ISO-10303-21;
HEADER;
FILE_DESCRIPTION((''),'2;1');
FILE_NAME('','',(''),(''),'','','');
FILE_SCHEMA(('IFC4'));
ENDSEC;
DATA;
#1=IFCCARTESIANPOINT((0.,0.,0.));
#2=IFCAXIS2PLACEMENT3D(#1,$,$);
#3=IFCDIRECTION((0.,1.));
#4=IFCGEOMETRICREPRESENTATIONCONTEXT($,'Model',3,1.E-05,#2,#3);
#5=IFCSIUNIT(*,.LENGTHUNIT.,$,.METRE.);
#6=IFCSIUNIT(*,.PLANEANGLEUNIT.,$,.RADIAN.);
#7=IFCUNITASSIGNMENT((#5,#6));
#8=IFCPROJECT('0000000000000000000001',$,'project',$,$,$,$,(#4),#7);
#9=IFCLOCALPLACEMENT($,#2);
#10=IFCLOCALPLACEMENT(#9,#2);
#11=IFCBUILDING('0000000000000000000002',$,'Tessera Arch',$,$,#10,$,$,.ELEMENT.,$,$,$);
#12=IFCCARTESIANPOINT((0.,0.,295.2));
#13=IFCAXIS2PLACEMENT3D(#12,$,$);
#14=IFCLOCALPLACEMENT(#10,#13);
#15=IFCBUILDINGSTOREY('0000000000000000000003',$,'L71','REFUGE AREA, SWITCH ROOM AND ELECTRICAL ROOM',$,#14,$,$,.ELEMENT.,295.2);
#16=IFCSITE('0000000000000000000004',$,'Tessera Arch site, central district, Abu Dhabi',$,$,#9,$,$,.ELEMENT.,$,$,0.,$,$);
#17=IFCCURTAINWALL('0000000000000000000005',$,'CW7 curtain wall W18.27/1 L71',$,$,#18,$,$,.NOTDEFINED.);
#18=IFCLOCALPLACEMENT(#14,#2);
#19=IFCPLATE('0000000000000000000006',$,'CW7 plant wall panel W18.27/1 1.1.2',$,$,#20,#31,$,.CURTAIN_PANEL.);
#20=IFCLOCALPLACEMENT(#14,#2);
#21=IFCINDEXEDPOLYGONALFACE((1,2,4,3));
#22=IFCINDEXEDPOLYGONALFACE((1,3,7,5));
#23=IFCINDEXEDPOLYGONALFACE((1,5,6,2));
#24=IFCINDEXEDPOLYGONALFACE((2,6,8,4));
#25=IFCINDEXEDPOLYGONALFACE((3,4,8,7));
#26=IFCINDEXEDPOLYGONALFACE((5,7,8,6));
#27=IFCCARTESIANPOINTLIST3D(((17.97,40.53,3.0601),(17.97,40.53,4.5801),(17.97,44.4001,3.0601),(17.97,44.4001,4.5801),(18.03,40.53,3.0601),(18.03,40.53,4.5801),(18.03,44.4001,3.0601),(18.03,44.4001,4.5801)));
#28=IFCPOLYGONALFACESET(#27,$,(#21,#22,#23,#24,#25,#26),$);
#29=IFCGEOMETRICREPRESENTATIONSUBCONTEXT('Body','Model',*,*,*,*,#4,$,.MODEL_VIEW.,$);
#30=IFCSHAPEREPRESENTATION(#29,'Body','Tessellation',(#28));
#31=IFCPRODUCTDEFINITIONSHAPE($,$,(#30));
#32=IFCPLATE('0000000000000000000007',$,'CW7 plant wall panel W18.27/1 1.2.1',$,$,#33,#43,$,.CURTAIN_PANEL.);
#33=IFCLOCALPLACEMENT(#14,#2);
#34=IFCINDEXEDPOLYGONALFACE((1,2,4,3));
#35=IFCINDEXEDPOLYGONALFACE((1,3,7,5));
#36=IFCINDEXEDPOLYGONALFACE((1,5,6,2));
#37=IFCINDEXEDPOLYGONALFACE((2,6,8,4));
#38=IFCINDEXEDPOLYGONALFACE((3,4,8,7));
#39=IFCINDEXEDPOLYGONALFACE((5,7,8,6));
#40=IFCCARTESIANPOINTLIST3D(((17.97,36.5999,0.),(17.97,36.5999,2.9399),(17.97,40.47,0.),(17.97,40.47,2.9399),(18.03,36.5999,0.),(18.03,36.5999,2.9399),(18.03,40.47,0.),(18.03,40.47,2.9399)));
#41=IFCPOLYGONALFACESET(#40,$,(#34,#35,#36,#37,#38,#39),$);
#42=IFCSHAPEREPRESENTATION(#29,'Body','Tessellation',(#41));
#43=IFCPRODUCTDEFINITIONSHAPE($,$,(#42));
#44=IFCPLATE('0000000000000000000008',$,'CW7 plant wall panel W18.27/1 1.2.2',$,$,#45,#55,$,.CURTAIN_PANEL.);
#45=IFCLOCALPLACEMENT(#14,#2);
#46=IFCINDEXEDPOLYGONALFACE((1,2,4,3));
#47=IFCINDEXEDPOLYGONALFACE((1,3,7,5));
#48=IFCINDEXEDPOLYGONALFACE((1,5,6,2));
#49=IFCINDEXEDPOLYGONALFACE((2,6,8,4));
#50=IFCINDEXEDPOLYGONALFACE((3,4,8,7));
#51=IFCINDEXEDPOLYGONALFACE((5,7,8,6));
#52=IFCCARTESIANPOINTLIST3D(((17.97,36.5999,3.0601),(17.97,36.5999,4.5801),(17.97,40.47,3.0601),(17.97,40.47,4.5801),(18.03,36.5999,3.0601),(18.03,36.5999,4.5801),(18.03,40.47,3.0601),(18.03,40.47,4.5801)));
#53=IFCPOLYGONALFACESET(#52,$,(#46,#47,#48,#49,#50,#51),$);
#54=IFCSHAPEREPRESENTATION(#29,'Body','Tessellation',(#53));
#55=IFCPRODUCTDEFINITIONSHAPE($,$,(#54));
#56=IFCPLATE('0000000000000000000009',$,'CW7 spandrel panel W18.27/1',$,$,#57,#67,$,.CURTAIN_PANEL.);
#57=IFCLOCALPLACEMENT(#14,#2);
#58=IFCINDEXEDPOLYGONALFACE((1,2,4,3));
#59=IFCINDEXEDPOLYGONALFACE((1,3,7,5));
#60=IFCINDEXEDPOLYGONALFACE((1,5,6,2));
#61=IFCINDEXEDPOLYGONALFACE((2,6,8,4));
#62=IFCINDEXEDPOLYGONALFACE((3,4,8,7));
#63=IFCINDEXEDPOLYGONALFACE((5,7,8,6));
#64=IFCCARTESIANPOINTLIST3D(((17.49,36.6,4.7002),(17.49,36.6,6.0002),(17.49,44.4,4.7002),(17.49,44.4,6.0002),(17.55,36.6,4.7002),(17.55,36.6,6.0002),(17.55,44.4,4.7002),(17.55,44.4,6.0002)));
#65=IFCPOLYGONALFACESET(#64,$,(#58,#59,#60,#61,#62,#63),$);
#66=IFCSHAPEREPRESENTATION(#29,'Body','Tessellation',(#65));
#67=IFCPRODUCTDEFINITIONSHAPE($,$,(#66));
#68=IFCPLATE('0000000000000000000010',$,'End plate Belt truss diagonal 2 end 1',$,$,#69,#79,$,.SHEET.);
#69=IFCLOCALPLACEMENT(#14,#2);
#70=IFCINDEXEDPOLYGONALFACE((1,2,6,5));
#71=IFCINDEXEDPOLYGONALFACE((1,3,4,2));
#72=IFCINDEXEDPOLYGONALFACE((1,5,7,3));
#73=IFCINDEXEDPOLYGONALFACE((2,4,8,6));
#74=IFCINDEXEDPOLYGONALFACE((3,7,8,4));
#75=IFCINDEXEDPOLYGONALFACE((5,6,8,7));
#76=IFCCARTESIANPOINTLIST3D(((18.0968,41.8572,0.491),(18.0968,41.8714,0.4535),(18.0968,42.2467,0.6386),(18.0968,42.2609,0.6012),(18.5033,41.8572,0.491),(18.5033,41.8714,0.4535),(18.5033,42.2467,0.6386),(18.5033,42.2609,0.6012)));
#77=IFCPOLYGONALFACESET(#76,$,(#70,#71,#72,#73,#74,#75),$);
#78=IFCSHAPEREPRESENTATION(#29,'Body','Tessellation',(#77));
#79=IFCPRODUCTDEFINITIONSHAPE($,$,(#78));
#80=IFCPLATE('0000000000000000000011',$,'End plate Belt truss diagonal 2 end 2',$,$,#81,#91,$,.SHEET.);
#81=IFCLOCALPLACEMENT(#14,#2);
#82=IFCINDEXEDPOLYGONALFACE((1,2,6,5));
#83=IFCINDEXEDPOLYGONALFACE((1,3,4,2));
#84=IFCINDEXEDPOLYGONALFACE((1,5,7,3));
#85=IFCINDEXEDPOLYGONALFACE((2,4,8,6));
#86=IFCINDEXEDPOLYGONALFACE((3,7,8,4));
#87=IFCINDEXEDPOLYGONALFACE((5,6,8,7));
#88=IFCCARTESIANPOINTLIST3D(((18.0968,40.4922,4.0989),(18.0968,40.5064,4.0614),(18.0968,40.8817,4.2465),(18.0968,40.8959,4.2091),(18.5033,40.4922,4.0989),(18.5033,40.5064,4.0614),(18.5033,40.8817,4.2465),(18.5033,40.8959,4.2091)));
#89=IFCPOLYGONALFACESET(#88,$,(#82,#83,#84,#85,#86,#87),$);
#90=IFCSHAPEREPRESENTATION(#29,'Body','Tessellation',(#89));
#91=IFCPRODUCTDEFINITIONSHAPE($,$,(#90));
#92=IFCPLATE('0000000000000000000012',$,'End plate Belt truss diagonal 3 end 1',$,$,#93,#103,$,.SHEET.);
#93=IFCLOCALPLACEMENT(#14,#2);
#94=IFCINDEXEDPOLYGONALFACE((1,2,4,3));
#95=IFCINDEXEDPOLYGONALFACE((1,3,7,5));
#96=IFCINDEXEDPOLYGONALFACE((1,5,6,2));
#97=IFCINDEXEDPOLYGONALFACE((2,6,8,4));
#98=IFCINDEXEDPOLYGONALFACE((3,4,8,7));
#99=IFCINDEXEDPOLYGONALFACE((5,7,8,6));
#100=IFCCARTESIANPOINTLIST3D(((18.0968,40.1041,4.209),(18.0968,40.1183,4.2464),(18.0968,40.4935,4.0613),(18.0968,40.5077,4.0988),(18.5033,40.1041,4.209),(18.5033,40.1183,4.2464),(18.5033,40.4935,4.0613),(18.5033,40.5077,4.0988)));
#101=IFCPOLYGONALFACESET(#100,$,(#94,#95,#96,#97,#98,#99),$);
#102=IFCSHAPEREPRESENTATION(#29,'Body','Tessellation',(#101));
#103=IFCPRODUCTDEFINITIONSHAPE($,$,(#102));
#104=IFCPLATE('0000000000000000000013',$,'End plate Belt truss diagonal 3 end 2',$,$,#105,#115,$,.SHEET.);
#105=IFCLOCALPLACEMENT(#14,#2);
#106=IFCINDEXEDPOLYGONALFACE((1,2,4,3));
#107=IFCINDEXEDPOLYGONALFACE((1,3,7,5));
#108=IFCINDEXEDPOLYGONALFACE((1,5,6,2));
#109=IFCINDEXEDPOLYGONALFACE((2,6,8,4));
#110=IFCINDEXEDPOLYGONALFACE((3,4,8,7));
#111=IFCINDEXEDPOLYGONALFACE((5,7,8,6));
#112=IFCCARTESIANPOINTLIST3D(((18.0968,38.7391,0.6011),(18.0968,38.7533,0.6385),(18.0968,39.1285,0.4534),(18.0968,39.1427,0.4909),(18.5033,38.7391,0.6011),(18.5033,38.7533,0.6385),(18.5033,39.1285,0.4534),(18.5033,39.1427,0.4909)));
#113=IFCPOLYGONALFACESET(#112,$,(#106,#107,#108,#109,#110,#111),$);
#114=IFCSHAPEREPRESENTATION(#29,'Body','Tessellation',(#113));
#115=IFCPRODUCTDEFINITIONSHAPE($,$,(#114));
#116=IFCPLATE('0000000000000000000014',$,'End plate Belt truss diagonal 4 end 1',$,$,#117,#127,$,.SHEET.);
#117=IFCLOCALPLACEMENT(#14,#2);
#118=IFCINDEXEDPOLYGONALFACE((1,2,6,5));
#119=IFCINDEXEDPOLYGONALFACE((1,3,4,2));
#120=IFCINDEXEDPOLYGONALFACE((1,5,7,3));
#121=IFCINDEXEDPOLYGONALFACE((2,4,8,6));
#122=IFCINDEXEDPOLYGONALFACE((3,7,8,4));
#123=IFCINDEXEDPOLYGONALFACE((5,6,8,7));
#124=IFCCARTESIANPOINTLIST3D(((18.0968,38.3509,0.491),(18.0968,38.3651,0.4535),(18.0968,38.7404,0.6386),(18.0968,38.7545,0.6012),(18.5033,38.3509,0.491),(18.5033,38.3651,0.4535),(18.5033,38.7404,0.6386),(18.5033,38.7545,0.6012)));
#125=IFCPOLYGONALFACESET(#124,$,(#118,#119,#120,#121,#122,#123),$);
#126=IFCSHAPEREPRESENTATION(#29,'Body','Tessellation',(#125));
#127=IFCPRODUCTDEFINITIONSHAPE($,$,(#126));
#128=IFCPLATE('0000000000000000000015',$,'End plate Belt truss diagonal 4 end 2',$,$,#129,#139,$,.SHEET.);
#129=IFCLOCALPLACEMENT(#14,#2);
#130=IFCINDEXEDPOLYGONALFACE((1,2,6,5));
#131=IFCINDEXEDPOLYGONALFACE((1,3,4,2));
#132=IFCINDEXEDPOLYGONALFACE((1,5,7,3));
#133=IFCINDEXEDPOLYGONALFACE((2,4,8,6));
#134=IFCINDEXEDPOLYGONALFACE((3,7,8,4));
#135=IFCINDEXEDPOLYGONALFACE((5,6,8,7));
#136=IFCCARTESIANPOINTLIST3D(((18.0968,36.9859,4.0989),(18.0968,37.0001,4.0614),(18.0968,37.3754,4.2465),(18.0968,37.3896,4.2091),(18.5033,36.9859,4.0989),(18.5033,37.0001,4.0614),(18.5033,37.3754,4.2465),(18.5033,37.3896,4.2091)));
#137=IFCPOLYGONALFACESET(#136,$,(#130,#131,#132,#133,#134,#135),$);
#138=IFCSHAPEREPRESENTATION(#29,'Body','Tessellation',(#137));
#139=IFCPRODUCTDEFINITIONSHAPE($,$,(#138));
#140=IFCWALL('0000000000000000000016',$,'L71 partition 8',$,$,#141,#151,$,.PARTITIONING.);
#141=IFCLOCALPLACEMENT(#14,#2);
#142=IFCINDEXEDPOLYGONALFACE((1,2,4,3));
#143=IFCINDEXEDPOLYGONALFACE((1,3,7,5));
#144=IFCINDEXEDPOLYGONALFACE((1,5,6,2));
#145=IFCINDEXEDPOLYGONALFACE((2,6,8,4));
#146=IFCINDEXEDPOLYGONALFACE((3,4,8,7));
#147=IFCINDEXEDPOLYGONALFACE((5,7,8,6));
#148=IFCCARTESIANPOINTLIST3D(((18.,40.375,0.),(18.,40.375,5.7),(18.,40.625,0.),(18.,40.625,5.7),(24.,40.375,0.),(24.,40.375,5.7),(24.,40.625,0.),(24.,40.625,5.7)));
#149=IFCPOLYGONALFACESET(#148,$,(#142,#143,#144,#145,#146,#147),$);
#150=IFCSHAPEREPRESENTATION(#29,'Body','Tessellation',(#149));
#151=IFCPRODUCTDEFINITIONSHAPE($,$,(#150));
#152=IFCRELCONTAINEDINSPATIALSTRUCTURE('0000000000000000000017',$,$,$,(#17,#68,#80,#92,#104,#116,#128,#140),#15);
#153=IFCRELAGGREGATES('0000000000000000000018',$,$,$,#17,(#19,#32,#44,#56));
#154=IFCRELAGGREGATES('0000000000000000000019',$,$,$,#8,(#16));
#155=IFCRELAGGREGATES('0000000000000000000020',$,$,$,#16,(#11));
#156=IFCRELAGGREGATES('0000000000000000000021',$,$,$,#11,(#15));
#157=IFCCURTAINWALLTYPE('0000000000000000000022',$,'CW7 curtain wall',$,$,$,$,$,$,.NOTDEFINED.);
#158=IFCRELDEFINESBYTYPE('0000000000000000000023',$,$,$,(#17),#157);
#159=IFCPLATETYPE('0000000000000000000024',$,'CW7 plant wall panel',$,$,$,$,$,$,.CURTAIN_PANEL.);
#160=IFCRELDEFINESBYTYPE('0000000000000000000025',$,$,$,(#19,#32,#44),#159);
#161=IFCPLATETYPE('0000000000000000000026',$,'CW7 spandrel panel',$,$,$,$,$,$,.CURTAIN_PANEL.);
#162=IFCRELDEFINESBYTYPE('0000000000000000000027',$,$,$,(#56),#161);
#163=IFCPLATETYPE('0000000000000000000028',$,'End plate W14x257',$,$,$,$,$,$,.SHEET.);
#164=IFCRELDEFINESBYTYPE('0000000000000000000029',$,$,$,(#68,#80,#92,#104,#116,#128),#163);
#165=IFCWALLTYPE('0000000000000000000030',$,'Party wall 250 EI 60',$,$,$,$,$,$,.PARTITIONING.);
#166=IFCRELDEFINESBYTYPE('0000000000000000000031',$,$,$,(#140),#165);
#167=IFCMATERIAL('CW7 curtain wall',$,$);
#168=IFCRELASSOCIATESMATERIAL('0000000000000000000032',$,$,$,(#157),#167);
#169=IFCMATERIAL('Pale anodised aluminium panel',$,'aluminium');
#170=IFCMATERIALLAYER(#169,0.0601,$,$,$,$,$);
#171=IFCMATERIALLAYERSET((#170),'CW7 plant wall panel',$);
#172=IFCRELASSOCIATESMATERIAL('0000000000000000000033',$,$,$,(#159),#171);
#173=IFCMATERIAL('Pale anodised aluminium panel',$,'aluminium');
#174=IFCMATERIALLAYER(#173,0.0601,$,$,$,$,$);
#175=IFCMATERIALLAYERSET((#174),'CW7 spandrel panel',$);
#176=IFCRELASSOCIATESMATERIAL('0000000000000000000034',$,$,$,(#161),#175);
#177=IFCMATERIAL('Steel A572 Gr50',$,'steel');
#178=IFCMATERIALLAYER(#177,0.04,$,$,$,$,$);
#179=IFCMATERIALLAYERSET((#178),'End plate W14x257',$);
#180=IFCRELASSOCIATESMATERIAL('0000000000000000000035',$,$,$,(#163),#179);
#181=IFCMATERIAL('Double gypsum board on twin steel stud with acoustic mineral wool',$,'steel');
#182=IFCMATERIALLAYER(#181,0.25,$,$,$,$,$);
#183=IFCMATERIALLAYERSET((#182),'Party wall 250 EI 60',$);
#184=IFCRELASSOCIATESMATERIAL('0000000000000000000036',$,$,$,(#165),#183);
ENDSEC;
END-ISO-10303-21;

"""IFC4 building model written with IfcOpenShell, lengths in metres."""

from ifc_helpers import new_model, si_unit, direction, frame, frame_2d, origin, origin_2d, place, context, subcontext, project, spatial, rectangle, extrude, material, layer, layer_set, type_object, element, aggregate, save


model = new_model("IFC4")

# Units and contexts
model_context = context("Model", 3, precision=1e-05, world=origin(), true_north=direction((0.0, 1.0)))
body_context = subcontext(model_context, "Body", "Model", "MODEL_VIEW")
ifc_project = project(units=[si_unit("LENGTHUNIT", "METRE"), si_unit("PLANEANGLEUNIT", "RADIAN")], contexts=[model_context])

# Site, building, storey
site_placement = place(None, origin())
site = spatial("IfcSite", under=ifc_project, at=site_placement, Name="Tessera Arch site, central district, Abu Dhabi", CompositionType="ELEMENT", RefElevation=0.0)
building_placement = place(site_placement, origin())
building = spatial("IfcBuilding", under=site, at=building_placement, Name="Tessera Arch", CompositionType="ELEMENT")
storey_placement = place(building_placement, frame((0.0, 0.0, 295.2)))
storey = spatial("IfcBuildingStorey", under=building, at=storey_placement, Name="L71", Description="REFUGE AREA, SWITCH ROOM AND ELECTRICAL ROOM", CompositionType="ELEMENT", Elevation=295.2)

# Curtain wall
ifc_material_1 = material(Name="CW7 curtain wall")
curtain_wall_type = type_object("IfcCurtainWallType", Name="CW7 curtain wall", PredefinedType="NOTDEFINED", material=ifc_material_1)
curtain_wall_placement = place(storey_placement, origin())
curtain_wall = element("IfcCurtainWall", 1, at=curtain_wall_placement, inside=storey, type_object=curtain_wall_type, Name="CW7 curtain wall W18.27/1 L71", PredefinedType="NOTDEFINED")

# Plates
ifc_material_2 = material(Name="Pale anodised aluminium panel", Category="aluminium")
ifc_layer_1 = layer(ifc_material_2, 0.0601)
ifc_layer_set_1 = layer_set([ifc_layer_1], Name="CW7 plant wall panel")
plate_type_1 = type_object("IfcPlateType", Name="CW7 plant wall panel", PredefinedType="CURTAIN_PANEL", material=ifc_layer_set_1)
plate_1_placement = place(storey_placement, frame((18.0, 42.4651, 3.0601), z_axis=(0.0, 0.0, 1.0), x_axis=(0.0, -1.0, 0.0)))
plate_1 = element("IfcPlate", 2, at=plate_1_placement, type_object=plate_type_1, Name="CW7 plant wall panel W18.27/1 1.1.2", PredefinedType="CURTAIN_PANEL", context=body_context, shape_type="SweptSolid", body=[
    extrude(rectangle(XDim=3.8701, YDim=0.0601, at=origin_2d()), origin(), (0.0, 0.0, 1.0), 1.52),
])
plate_2_placement = place(storey_placement, frame((18.0, 38.5349, 0.0), z_axis=(0.0, 0.0, 1.0), x_axis=(0.0, -1.0, 0.0)))
plate_2 = element("IfcPlate", 3, at=plate_2_placement, type_object=plate_type_1, Name="CW7 plant wall panel W18.27/1 1.2.1", PredefinedType="CURTAIN_PANEL", context=body_context, shape_type="SweptSolid", body=[
    extrude(rectangle(XDim=3.8701, YDim=0.0601, at=origin_2d()), origin(), (0.0, 0.0, 1.0), 2.9399),
])
plate_3_placement = place(storey_placement, frame((18.0, 38.5349, 3.0601), z_axis=(0.0, 0.0, 1.0), x_axis=(0.0, -1.0, 0.0)))
plate_3 = element("IfcPlate", 4, at=plate_3_placement, type_object=plate_type_1, Name="CW7 plant wall panel W18.27/1 1.2.2", PredefinedType="CURTAIN_PANEL", context=body_context, shape_type="SweptSolid", body=[
    extrude(rectangle(XDim=3.8701, YDim=0.0601, at=origin_2d()), origin(), (0.0, 0.0, 1.0), 1.52),
])
ifc_material_3 = material(Name="Pale anodised aluminium panel", Category="aluminium")
ifc_layer_2 = layer(ifc_material_3, 0.0601)
ifc_layer_set_2 = layer_set([ifc_layer_2], Name="CW7 spandrel panel")
plate_type_2 = type_object("IfcPlateType", Name="CW7 spandrel panel", PredefinedType="CURTAIN_PANEL", material=ifc_layer_set_2)
plate_4_placement = place(storey_placement, frame((17.52, 40.5, 4.7002), z_axis=(0.0, 0.0, 1.0), x_axis=(0.0, -1.0, 0.0)))
plate_4 = element("IfcPlate", 5, at=plate_4_placement, type_object=plate_type_2, Name="CW7 spandrel panel W18.27/1", PredefinedType="CURTAIN_PANEL", context=body_context, shape_type="SweptSolid", body=[
    extrude(rectangle(XDim=7.8, YDim=0.0601, at=origin_2d()), origin(), (0.0, 0.0, 1.0), 1.3),
])
aggregate(curtain_wall, [plate_1, plate_2, plate_3, plate_4])

# Plates
ifc_material_4 = material(Name="Steel A572 Gr50", Category="steel")
ifc_layer_3 = layer(ifc_material_4, 0.04)
ifc_layer_set_3 = layer_set([ifc_layer_3], Name="End plate W14x257")
plate_type_3 = type_object("IfcPlateType", Name="End plate W14x257", PredefinedType="SHEET", material=ifc_layer_set_3)
for number, where, z_axis, x_axis, name in (
    (6, (18.3, 42.0662, 0.5273), (0.0, -0.35447, 0.935067), (1.0, 0.0, 0.0), "End plate Belt truss diagonal 2 end 1"),
    (7, (18.3, 40.7012, 4.1353), (0.0, -0.35447, 0.935067), (1.0, 0.0, 0.0), "End plate Belt truss diagonal 2 end 2"),
    (8, (18.3, 40.313, 4.1726), (0.0, -0.35447, -0.935067), (1.0, 0.0, 0.0), "End plate Belt truss diagonal 3 end 1"),
    (9, (18.3, 38.948, 0.5647), (0.0, -0.35447, -0.935067), (1.0, 0.0, 0.0), "End plate Belt truss diagonal 3 end 2"),
    (10, (18.3, 38.5598, 0.5273), (0.0, -0.35447, 0.935067), (1.0, 0.0, 0.0), "End plate Belt truss diagonal 4 end 1"),
    (11, (18.3, 37.1948, 4.1353), (0.0, -0.35447, 0.935067), (1.0, 0.0, 0.0), "End plate Belt truss diagonal 4 end 2"),
):
    element("IfcPlate", number, at=place(storey_placement, frame(where, z_axis=z_axis, x_axis=x_axis)), inside=storey, type_object=plate_type_3, Name=name, PredefinedType="SHEET", context=body_context, shape_type="SweptSolid", body=[
        extrude(rectangle(XDim=0.4065, YDim=0.4165, at=origin_2d()), origin(), (0.0, 0.0, 1.0), 0.04),
    ])

# Wall
ifc_material_5 = material(Name="Double gypsum board on twin steel stud with acoustic mineral wool", Category="steel")
ifc_layer_4 = layer(ifc_material_5, 0.25)
ifc_layer_set_4 = layer_set([ifc_layer_4], Name="Party wall 250 EI 60")
wall_type = type_object("IfcWallType", Name="Party wall 250 EI 60", PredefinedType="PARTITIONING", material=ifc_layer_set_4)
wall_placement = place(storey_placement, frame((18.0, 40.5, 0.0), z_axis=(0.0, 0.0, 1.0), x_axis=(1.0, 0.0, 0.0)))
element("IfcWall", 12, at=wall_placement, inside=storey, type_object=wall_type, Name="L71 partition 8", PredefinedType="PARTITIONING", context=body_context, shape_type="SweptSolid", body=[
    extrude(rectangle(XDim=6.0, YDim=0.25, at=frame_2d((3.0, 0.0))), origin(), (0.0, 0.0, 1.0), 5.7),
])

save(model, "model.ifc")
